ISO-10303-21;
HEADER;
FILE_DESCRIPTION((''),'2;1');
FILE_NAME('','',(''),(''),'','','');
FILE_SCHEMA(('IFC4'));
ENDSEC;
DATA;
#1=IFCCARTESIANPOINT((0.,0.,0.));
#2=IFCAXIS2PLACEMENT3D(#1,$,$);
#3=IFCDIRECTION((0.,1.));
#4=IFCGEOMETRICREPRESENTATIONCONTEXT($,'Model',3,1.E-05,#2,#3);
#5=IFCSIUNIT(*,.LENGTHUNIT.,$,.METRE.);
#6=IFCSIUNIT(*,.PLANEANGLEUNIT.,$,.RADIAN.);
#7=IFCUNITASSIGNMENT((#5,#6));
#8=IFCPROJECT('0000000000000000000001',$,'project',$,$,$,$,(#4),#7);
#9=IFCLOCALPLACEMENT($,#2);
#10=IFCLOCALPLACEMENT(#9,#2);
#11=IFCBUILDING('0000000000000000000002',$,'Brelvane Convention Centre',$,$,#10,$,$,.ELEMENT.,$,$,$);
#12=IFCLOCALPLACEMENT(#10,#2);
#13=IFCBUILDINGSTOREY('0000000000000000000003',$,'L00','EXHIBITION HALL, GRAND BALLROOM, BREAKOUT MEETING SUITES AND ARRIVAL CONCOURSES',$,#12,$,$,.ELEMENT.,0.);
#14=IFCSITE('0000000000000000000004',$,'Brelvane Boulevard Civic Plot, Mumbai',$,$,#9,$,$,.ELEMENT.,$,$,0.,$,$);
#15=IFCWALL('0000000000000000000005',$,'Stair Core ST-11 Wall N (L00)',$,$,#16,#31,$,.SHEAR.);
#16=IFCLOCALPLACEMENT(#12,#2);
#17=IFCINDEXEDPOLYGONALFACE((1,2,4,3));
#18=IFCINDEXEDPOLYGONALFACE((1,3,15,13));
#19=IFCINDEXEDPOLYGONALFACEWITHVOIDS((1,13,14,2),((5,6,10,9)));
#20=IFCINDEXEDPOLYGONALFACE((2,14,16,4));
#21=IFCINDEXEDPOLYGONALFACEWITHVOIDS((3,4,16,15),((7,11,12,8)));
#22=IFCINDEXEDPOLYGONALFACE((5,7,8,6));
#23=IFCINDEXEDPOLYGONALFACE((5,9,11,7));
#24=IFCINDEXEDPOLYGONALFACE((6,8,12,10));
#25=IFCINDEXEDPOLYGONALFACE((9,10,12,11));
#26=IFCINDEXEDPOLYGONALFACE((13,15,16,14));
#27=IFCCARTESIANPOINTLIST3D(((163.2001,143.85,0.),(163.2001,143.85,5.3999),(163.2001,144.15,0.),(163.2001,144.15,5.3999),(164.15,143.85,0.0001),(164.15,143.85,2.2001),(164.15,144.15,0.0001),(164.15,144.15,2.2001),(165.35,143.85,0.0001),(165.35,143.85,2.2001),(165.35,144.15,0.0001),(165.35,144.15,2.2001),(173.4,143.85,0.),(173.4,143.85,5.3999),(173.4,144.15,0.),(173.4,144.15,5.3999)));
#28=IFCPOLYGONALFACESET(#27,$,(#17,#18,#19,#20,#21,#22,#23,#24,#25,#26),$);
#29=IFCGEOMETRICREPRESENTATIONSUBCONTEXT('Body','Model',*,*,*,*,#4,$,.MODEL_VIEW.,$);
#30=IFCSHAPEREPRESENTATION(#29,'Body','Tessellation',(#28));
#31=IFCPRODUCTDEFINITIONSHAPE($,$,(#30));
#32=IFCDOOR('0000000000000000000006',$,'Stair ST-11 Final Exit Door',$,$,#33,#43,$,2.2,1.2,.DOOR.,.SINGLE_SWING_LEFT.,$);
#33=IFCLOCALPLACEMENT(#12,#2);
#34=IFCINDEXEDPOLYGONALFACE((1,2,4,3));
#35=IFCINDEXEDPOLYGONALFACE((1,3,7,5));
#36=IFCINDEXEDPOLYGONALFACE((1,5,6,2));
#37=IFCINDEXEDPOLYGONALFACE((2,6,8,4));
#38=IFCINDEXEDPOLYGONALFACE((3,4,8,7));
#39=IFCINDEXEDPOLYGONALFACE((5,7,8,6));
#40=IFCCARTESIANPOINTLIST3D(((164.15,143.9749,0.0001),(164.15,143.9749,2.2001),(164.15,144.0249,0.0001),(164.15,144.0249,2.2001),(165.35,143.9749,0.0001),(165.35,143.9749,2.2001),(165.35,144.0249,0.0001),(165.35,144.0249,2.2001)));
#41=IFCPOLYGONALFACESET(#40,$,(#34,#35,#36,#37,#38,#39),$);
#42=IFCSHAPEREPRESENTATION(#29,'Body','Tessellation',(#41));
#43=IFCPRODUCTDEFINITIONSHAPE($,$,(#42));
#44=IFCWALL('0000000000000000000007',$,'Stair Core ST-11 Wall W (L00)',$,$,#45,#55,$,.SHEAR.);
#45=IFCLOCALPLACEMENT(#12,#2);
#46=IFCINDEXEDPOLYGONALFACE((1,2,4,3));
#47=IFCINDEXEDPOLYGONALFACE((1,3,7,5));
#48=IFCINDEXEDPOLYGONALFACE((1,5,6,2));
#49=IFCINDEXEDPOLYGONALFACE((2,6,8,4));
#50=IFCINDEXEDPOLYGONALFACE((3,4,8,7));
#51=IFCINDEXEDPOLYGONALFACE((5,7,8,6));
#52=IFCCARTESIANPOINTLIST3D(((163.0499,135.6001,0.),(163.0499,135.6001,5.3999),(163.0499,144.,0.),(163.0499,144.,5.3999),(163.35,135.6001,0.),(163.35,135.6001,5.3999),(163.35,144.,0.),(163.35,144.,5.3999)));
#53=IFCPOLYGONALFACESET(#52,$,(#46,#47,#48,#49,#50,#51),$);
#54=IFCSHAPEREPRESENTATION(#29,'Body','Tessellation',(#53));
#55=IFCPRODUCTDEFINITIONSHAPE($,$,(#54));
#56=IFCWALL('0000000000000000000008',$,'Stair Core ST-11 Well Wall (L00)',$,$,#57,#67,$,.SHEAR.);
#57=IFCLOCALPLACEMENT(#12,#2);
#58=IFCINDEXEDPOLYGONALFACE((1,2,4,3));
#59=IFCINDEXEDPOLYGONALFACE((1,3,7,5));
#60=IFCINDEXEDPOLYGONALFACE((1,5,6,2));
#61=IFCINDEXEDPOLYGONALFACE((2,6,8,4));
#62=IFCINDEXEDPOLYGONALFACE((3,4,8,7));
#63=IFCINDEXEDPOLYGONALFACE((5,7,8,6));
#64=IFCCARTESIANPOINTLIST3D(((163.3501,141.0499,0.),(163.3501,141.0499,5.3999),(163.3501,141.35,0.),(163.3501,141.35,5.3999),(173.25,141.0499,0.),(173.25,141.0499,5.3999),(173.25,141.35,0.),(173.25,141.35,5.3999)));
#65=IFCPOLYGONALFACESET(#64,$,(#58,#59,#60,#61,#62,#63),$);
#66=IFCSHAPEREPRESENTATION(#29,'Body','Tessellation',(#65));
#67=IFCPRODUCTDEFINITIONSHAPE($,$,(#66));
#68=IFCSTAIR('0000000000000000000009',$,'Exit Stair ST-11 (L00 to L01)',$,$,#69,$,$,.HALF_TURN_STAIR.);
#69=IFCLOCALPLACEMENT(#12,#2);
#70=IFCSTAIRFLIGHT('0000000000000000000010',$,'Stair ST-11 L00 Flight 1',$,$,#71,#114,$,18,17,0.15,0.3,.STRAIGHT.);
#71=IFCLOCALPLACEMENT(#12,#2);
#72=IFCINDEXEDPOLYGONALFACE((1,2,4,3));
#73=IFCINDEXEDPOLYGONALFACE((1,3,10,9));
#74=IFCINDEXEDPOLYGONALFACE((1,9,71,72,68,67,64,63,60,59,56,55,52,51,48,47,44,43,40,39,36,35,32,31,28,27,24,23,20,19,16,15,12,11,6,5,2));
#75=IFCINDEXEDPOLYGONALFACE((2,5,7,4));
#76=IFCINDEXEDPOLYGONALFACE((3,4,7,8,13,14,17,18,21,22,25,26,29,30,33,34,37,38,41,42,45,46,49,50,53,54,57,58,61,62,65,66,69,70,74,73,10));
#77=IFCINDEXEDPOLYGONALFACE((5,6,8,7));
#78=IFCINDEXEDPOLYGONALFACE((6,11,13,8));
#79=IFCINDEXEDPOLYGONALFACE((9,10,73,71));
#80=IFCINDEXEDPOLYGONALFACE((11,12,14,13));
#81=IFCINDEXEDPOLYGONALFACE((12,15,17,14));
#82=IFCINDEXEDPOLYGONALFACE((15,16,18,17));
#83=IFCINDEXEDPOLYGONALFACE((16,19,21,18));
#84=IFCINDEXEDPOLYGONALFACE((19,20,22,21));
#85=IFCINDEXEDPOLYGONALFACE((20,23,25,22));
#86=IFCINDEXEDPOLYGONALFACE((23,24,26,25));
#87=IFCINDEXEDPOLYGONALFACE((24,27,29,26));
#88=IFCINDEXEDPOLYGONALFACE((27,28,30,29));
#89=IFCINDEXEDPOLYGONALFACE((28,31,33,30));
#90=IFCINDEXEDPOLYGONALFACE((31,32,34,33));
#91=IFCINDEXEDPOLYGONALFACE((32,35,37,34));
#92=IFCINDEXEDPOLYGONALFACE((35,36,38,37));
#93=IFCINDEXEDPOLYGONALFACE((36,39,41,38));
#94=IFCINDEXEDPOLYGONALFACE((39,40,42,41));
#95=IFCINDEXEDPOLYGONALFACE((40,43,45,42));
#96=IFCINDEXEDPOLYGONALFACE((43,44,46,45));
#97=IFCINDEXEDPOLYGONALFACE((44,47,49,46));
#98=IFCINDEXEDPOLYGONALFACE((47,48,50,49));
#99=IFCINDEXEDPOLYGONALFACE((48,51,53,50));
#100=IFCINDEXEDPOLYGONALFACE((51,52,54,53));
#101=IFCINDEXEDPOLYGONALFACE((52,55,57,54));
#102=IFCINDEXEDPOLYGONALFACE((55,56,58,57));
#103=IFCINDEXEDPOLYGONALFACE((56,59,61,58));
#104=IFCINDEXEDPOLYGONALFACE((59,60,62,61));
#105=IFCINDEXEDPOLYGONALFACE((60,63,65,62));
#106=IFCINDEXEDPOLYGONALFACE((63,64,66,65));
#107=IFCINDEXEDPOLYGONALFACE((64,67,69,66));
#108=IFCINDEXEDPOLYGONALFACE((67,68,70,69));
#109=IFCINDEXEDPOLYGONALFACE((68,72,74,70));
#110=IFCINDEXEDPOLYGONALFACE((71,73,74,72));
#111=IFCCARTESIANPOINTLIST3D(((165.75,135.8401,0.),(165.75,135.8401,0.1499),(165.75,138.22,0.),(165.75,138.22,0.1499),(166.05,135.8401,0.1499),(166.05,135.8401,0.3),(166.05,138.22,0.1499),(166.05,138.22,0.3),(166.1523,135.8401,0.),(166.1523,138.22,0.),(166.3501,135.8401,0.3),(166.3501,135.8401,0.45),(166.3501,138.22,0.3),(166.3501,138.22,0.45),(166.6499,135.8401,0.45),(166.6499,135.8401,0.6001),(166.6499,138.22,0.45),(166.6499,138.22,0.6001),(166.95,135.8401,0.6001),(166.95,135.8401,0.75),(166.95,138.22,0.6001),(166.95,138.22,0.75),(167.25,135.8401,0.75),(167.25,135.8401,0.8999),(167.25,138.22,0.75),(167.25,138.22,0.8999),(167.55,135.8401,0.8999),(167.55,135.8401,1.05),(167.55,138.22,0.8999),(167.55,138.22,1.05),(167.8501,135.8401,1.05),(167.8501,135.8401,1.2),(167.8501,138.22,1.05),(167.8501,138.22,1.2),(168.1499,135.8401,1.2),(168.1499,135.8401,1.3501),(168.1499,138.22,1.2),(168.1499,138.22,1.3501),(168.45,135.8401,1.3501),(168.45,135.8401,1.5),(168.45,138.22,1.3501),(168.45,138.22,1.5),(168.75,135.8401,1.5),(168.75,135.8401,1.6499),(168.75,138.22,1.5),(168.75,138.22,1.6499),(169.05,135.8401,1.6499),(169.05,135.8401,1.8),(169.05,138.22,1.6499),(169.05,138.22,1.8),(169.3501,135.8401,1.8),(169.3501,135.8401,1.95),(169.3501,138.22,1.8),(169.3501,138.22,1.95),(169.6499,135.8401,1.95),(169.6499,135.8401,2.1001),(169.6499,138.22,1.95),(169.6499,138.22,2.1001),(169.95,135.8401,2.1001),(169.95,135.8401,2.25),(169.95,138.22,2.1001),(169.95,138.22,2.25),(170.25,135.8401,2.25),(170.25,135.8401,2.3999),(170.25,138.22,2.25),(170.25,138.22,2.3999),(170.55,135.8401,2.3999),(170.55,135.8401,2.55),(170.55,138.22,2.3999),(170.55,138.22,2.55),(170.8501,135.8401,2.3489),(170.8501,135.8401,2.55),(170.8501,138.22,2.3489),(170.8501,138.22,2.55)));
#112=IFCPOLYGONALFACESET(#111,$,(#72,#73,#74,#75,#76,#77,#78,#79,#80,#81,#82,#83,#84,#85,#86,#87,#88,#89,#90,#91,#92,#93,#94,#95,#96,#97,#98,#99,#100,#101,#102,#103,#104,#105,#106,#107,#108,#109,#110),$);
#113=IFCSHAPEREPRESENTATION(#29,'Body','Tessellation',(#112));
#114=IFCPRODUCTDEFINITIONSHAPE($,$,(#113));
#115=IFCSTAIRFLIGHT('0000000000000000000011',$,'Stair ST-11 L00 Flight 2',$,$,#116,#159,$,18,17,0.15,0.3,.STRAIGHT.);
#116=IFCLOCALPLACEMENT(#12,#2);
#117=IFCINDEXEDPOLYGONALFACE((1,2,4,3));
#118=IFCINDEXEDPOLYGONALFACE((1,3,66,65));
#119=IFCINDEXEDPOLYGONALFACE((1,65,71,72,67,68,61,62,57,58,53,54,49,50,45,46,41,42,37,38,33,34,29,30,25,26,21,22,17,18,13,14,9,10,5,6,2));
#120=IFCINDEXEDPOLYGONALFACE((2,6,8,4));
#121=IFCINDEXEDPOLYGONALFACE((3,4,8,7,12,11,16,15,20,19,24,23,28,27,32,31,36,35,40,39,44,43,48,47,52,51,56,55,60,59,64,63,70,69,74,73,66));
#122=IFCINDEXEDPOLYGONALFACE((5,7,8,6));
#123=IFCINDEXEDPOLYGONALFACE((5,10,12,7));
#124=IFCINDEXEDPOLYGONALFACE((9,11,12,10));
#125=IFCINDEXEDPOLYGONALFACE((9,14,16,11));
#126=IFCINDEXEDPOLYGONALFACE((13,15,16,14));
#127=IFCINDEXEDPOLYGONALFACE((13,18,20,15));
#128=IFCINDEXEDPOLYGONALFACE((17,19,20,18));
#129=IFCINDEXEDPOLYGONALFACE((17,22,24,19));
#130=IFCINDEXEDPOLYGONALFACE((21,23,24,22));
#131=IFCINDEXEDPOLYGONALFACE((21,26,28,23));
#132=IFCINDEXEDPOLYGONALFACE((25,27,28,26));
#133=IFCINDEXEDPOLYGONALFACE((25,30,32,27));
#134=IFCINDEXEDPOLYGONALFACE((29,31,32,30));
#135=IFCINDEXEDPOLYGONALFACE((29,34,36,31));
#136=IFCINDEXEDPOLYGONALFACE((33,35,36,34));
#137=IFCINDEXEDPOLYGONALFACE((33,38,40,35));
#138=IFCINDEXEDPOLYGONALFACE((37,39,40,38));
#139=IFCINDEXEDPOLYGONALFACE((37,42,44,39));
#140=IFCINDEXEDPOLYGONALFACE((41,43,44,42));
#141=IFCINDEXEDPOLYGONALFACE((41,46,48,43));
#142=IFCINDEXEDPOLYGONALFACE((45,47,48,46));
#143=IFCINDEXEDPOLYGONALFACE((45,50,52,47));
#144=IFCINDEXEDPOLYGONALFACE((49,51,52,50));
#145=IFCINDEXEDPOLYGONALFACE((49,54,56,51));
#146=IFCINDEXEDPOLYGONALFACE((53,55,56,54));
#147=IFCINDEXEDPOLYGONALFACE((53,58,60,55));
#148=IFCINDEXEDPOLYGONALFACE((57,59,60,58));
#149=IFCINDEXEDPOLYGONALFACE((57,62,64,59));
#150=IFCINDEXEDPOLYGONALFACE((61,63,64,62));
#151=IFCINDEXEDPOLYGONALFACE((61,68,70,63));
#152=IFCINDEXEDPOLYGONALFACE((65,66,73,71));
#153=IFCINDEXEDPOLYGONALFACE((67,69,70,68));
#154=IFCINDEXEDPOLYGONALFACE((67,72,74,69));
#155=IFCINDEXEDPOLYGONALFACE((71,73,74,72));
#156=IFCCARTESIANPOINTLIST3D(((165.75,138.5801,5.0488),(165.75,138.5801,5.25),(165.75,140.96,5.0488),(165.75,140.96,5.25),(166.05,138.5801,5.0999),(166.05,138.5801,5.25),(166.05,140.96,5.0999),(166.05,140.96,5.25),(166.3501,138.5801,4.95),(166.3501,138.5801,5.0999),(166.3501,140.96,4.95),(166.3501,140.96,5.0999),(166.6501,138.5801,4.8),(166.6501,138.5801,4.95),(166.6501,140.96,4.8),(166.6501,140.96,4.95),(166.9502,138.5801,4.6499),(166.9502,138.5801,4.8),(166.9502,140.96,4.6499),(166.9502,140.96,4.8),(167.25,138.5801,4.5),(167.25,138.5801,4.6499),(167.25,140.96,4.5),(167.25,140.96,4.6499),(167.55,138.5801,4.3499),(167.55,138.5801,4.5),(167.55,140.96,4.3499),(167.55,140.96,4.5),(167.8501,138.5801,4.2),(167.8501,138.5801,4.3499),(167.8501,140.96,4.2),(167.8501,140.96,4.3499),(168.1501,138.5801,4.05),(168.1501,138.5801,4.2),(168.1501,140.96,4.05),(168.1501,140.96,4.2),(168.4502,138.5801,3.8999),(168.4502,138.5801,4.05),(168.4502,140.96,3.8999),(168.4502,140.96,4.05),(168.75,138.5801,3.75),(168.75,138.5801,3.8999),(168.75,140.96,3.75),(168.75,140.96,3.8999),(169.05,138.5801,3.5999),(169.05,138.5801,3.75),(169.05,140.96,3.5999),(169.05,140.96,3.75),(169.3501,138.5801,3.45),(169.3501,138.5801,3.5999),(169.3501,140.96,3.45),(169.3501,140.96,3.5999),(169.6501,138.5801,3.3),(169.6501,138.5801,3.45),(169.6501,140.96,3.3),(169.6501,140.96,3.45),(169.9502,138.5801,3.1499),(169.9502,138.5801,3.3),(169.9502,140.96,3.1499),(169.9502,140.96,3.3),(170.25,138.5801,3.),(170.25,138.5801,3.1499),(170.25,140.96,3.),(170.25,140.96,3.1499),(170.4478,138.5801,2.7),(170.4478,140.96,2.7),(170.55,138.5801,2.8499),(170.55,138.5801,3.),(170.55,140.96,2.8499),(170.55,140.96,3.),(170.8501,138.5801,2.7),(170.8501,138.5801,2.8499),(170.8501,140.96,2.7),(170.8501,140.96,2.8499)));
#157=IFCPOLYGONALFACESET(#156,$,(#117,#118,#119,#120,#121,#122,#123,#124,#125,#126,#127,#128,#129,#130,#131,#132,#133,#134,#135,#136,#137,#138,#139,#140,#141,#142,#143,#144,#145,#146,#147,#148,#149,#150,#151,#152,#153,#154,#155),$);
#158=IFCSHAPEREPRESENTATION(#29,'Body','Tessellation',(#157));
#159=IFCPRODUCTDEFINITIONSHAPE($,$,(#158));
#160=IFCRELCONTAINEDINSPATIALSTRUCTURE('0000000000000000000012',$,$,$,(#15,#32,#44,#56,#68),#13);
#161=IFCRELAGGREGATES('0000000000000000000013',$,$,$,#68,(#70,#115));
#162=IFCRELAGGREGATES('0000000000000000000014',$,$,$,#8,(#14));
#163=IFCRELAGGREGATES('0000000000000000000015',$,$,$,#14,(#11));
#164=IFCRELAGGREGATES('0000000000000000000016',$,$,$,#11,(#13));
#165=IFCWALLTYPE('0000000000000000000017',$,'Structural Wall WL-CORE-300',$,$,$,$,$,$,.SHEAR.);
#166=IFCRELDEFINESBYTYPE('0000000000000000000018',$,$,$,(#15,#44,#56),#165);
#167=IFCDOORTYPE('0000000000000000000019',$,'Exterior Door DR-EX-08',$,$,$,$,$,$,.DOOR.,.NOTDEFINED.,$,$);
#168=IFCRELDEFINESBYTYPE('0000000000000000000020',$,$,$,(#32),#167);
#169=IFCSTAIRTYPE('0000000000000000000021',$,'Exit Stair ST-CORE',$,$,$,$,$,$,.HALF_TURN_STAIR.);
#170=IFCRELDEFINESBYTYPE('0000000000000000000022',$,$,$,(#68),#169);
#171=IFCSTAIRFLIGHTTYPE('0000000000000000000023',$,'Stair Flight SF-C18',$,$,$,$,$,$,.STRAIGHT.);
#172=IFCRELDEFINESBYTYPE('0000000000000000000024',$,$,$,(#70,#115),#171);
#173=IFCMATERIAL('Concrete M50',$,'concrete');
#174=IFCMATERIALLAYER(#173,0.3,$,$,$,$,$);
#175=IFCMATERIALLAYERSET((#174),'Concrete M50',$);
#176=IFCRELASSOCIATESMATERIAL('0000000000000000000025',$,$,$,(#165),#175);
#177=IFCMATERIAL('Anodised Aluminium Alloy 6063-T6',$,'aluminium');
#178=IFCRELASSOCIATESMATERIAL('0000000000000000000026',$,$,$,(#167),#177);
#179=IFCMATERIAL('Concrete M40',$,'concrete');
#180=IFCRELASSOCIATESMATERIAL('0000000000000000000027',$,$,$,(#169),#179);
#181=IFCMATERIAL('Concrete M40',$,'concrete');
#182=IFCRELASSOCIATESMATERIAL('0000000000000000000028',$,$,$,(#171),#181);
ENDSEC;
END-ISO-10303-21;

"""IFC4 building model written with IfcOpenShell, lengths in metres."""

from ifc_helpers import new_model, si_unit, direction, frame, frame_2d, origin, place, context, subcontext, project, spatial, polyline, rectangle, outline, extrude, material, layer, layer_set, type_object, element, fill, aggregate, save


model = new_model("IFC4")

# Units and contexts
model_context = context("Model", 3, precision=1e-05, world=origin(), true_north=direction((0.0, 1.0)))
body_context = subcontext(model_context, "Body", "Model", "MODEL_VIEW")
ifc_project = project(units=[si_unit("LENGTHUNIT", "METRE"), si_unit("PLANEANGLEUNIT", "RADIAN")], contexts=[model_context])

# Site, building, storey
site_placement = place(None, origin())
site = spatial("IfcSite", under=ifc_project, at=site_placement, Name="Brelvane Boulevard Civic Plot, Mumbai", CompositionType="ELEMENT", RefElevation=0.0)
building_placement = place(site_placement, origin())
building = spatial("IfcBuilding", under=site, at=building_placement, Name="Brelvane Convention Centre", CompositionType="ELEMENT")
storey_placement = place(building_placement, origin())
storey = spatial("IfcBuildingStorey", under=building, at=storey_placement, Name="L00", Description="EXHIBITION HALL, GRAND BALLROOM, BREAKOUT MEETING SUITES AND ARRIVAL CONCOURSES", CompositionType="ELEMENT", Elevation=0.0)

# Wall, opening, door
ifc_material_1 = material(Name="Concrete M50", Category="concrete")
ifc_layer = layer(ifc_material_1, 0.3)
ifc_layer_set = layer_set([ifc_layer], Name="Concrete M50")
wall_type = type_object("IfcWallType", Name="Structural Wall WL-CORE-300", PredefinedType="SHEAR", material=ifc_layer_set)
wall_1_placement = place(storey_placement, frame((163.2, 144.0, 0.0), z_axis=(0.0, 0.0, 1.0), x_axis=(1.0, 0.0, 0.0)))
wall_1 = element("IfcWall", 1, at=wall_1_placement, inside=storey, type_object=wall_type, Name="Stair Core ST-11 Wall N (L00)", PredefinedType="SHEAR", context=body_context, shape_type="SweptSolid", body=[
    extrude(rectangle(XDim=10.2, YDim=0.3, at=frame_2d((5.1001, 0.0))), origin(), (0.0, 0.0, 1.0), 5.3999),
])
opening_1_placement = place(wall_1_placement, frame((0.95, 0.0, 0.0)))
opening_1 = element("IfcOpeningElement", 2, at=opening_1_placement, cuts=wall_1, PredefinedType="OPENING", context=body_context, shape_type="SweptSolid", body=[
    extrude(rectangle(XDim=1.2, YDim=2.2, at=frame_2d((0.6001, 1.1001))), frame((0.0, 0.1599, 0.0), z_axis=(0.0, -1.0, 0.0), x_axis=(1.0, 0.0, 0.0)), (0.0, 0.0, 1.0), 0.3201),
])
ifc_material_2 = material(Name="Anodised Aluminium Alloy 6063-T6", Category="aluminium")
door_type_1 = type_object("IfcDoorType", Name="Exterior Door DR-EX-08", OperationType="NOTDEFINED", PredefinedType="DOOR", material=ifc_material_2)
door_1_placement = place(opening_1_placement, origin())
door_1 = element("IfcDoor", 3, at=door_1_placement, inside=storey, type_object=door_type_1, Name="Stair ST-11 Final Exit Door", OperationType="SINGLE_SWING_LEFT", OverallHeight=2.2, OverallWidth=1.2, PredefinedType="DOOR", context=body_context, shape_type="SweptSolid", body=[
    extrude(rectangle(XDim=1.2, YDim=2.2, at=frame_2d((0.6001, 1.1001))), frame((0.0, 0.0249, 0.0), z_axis=(0.0, -1.0, 0.0), x_axis=(1.0, 0.0, 0.0)), (0.0, 0.0, 1.0), 0.05),
])
fill(opening_1, door_1)

# Walls
wall_2_placement = place(storey_placement, frame((163.2, 135.6001, 0.0), z_axis=(0.0, 0.0, 1.0), x_axis=(0.0, 1.0, 0.0)))
element("IfcWall", 4, at=wall_2_placement, inside=storey, type_object=wall_type, Name="Stair Core ST-11 Wall W (L00)", PredefinedType="SHEAR", context=body_context, shape_type="SweptSolid", body=[
    extrude(rectangle(XDim=8.3999, YDim=0.3, at=frame_2d((4.2, 0.0))), origin(), (0.0, 0.0, 1.0), 5.3999),
])
wall_3_placement = place(storey_placement, frame((163.3501, 141.2, 0.0), z_axis=(0.0, 0.0, 1.0), x_axis=(1.0, 0.0, 0.0)))
element("IfcWall", 5, at=wall_3_placement, inside=storey, type_object=wall_type, Name="Stair Core ST-11 Well Wall (L00)", PredefinedType="SHEAR", context=body_context, shape_type="SweptSolid", body=[
    extrude(rectangle(XDim=9.8999, YDim=0.3, at=frame_2d((4.95, 0.0))), origin(), (0.0, 0.0, 1.0), 5.3999),
])

# Stair, stair flights
ifc_material_3 = material(Name="Concrete M40", Category="concrete")
stair_type = type_object("IfcStairType", Name="Exit Stair ST-CORE", PredefinedType="HALF_TURN_STAIR", material=ifc_material_3)
stair_placement = place(storey_placement, origin())
stair = element("IfcStair", 6, at=stair_placement, inside=storey, type_object=stair_type, Name="Exit Stair ST-11 (L00 to L01)", PredefinedType="HALF_TURN_STAIR")
ifc_material_4 = material(Name="Concrete M40", Category="concrete")
stair_flight_type = type_object("IfcStairFlightType", Name="Stair Flight SF-C18", PredefinedType="STRAIGHT", material=ifc_material_4)
stair_flight_1_placement = place(storey_placement, frame((165.75, 137.03, 0.0), z_axis=(0.0, 0.0, 1.0), x_axis=(1.0, 0.0, 0.0)))
stair_flight_1 = element("IfcStairFlight", 7, at=stair_flight_1_placement, type_object=stair_flight_type, Name="Stair ST-11 L00 Flight 1", NumberOfRisers=18, NumberOfTreads=17, PredefinedType="STRAIGHT", RiserHeight=0.15, TreadLength=0.3, context=body_context, shape_type="SweptSolid", body=[
    extrude(outline(polyline([(0.0, 0.0), (0.0, 0.1499), (0.3, 0.1499), (0.3, 0.3), (0.6001, 0.3), (0.6001, 0.45), (0.8999, 0.45), (0.8999, 0.6001), (1.2, 0.6001), (1.2, 0.75), (1.5, 0.75), (1.5, 0.8999), (1.8, 0.8999), (1.8, 1.05), (2.1001, 1.05), (2.1001, 1.2), (2.3999, 1.2), (2.3999, 1.3501), (2.7, 1.3501), (2.7, 1.5), (3.0, 1.5), (3.0, 1.6499), (3.3, 1.6499), (3.3, 1.8), (3.6001, 1.8), (3.6001, 1.95), (3.8999, 1.95), (3.8999, 2.1001), (4.2, 2.1001), (4.2, 2.25), (4.5, 2.25), (4.5, 2.3999), (4.8, 2.3999), (4.8, 2.55), (5.1001, 2.55), (5.1001, 2.7), (5.1001, 2.3489), (0.4023, 0.0), (0.0, 0.0)])), frame((0.0, 1.1899, 0.0), z_axis=(0.0, -1.0, 0.0), x_axis=(1.0, 0.0, 0.0)), (0.0, 0.0, 1.0), 2.3799),
])
stair_flight_2_placement = place(storey_placement, frame((170.8501, 139.77, 2.7), z_axis=(0.0, 0.0, 1.0), x_axis=(-1.0, 0.0, 0.0)))
stair_flight_2 = element("IfcStairFlight", 8, at=stair_flight_2_placement, type_object=stair_flight_type, Name="Stair ST-11 L00 Flight 2", NumberOfRisers=18, NumberOfTreads=17, PredefinedType="STRAIGHT", RiserHeight=0.15, TreadLength=0.3, context=body_context, shape_type="SweptSolid", body=[
    extrude(outline(polyline([(0.0, 0.0), (0.0, 0.1499), (0.3, 0.1499), (0.3, 0.3), (0.6001, 0.3), (0.6001, 0.45), (0.8999, 0.45), (0.8999, 0.6001), (1.2, 0.6001), (1.2, 0.75), (1.5, 0.75), (1.5, 0.8999), (1.8, 0.8999), (1.8, 1.05), (2.1001, 1.05), (2.1001, 1.2), (2.3999, 1.2), (2.3999, 1.3501), (2.7, 1.3501), (2.7, 1.5), (3.0, 1.5), (3.0, 1.6499), (3.3, 1.6499), (3.3, 1.8), (3.6001, 1.8), (3.6001, 1.95), (3.8999, 1.95), (3.8999, 2.1001), (4.2, 2.1001), (4.2, 2.25), (4.5, 2.25), (4.5, 2.3999), (4.8, 2.3999), (4.8, 2.55), (5.1001, 2.55), (5.1001, 2.7), (5.1001, 2.3489), (0.4023, 0.0), (0.0, 0.0)])), frame((0.0, 1.1899, 0.0), z_axis=(0.0, -1.0, 0.0), x_axis=(1.0, 0.0, 0.0)), (0.0, 0.0, 1.0), 2.3799),
])
aggregate(stair, [stair_flight_1, stair_flight_2])

save(model, "model.ifc")
